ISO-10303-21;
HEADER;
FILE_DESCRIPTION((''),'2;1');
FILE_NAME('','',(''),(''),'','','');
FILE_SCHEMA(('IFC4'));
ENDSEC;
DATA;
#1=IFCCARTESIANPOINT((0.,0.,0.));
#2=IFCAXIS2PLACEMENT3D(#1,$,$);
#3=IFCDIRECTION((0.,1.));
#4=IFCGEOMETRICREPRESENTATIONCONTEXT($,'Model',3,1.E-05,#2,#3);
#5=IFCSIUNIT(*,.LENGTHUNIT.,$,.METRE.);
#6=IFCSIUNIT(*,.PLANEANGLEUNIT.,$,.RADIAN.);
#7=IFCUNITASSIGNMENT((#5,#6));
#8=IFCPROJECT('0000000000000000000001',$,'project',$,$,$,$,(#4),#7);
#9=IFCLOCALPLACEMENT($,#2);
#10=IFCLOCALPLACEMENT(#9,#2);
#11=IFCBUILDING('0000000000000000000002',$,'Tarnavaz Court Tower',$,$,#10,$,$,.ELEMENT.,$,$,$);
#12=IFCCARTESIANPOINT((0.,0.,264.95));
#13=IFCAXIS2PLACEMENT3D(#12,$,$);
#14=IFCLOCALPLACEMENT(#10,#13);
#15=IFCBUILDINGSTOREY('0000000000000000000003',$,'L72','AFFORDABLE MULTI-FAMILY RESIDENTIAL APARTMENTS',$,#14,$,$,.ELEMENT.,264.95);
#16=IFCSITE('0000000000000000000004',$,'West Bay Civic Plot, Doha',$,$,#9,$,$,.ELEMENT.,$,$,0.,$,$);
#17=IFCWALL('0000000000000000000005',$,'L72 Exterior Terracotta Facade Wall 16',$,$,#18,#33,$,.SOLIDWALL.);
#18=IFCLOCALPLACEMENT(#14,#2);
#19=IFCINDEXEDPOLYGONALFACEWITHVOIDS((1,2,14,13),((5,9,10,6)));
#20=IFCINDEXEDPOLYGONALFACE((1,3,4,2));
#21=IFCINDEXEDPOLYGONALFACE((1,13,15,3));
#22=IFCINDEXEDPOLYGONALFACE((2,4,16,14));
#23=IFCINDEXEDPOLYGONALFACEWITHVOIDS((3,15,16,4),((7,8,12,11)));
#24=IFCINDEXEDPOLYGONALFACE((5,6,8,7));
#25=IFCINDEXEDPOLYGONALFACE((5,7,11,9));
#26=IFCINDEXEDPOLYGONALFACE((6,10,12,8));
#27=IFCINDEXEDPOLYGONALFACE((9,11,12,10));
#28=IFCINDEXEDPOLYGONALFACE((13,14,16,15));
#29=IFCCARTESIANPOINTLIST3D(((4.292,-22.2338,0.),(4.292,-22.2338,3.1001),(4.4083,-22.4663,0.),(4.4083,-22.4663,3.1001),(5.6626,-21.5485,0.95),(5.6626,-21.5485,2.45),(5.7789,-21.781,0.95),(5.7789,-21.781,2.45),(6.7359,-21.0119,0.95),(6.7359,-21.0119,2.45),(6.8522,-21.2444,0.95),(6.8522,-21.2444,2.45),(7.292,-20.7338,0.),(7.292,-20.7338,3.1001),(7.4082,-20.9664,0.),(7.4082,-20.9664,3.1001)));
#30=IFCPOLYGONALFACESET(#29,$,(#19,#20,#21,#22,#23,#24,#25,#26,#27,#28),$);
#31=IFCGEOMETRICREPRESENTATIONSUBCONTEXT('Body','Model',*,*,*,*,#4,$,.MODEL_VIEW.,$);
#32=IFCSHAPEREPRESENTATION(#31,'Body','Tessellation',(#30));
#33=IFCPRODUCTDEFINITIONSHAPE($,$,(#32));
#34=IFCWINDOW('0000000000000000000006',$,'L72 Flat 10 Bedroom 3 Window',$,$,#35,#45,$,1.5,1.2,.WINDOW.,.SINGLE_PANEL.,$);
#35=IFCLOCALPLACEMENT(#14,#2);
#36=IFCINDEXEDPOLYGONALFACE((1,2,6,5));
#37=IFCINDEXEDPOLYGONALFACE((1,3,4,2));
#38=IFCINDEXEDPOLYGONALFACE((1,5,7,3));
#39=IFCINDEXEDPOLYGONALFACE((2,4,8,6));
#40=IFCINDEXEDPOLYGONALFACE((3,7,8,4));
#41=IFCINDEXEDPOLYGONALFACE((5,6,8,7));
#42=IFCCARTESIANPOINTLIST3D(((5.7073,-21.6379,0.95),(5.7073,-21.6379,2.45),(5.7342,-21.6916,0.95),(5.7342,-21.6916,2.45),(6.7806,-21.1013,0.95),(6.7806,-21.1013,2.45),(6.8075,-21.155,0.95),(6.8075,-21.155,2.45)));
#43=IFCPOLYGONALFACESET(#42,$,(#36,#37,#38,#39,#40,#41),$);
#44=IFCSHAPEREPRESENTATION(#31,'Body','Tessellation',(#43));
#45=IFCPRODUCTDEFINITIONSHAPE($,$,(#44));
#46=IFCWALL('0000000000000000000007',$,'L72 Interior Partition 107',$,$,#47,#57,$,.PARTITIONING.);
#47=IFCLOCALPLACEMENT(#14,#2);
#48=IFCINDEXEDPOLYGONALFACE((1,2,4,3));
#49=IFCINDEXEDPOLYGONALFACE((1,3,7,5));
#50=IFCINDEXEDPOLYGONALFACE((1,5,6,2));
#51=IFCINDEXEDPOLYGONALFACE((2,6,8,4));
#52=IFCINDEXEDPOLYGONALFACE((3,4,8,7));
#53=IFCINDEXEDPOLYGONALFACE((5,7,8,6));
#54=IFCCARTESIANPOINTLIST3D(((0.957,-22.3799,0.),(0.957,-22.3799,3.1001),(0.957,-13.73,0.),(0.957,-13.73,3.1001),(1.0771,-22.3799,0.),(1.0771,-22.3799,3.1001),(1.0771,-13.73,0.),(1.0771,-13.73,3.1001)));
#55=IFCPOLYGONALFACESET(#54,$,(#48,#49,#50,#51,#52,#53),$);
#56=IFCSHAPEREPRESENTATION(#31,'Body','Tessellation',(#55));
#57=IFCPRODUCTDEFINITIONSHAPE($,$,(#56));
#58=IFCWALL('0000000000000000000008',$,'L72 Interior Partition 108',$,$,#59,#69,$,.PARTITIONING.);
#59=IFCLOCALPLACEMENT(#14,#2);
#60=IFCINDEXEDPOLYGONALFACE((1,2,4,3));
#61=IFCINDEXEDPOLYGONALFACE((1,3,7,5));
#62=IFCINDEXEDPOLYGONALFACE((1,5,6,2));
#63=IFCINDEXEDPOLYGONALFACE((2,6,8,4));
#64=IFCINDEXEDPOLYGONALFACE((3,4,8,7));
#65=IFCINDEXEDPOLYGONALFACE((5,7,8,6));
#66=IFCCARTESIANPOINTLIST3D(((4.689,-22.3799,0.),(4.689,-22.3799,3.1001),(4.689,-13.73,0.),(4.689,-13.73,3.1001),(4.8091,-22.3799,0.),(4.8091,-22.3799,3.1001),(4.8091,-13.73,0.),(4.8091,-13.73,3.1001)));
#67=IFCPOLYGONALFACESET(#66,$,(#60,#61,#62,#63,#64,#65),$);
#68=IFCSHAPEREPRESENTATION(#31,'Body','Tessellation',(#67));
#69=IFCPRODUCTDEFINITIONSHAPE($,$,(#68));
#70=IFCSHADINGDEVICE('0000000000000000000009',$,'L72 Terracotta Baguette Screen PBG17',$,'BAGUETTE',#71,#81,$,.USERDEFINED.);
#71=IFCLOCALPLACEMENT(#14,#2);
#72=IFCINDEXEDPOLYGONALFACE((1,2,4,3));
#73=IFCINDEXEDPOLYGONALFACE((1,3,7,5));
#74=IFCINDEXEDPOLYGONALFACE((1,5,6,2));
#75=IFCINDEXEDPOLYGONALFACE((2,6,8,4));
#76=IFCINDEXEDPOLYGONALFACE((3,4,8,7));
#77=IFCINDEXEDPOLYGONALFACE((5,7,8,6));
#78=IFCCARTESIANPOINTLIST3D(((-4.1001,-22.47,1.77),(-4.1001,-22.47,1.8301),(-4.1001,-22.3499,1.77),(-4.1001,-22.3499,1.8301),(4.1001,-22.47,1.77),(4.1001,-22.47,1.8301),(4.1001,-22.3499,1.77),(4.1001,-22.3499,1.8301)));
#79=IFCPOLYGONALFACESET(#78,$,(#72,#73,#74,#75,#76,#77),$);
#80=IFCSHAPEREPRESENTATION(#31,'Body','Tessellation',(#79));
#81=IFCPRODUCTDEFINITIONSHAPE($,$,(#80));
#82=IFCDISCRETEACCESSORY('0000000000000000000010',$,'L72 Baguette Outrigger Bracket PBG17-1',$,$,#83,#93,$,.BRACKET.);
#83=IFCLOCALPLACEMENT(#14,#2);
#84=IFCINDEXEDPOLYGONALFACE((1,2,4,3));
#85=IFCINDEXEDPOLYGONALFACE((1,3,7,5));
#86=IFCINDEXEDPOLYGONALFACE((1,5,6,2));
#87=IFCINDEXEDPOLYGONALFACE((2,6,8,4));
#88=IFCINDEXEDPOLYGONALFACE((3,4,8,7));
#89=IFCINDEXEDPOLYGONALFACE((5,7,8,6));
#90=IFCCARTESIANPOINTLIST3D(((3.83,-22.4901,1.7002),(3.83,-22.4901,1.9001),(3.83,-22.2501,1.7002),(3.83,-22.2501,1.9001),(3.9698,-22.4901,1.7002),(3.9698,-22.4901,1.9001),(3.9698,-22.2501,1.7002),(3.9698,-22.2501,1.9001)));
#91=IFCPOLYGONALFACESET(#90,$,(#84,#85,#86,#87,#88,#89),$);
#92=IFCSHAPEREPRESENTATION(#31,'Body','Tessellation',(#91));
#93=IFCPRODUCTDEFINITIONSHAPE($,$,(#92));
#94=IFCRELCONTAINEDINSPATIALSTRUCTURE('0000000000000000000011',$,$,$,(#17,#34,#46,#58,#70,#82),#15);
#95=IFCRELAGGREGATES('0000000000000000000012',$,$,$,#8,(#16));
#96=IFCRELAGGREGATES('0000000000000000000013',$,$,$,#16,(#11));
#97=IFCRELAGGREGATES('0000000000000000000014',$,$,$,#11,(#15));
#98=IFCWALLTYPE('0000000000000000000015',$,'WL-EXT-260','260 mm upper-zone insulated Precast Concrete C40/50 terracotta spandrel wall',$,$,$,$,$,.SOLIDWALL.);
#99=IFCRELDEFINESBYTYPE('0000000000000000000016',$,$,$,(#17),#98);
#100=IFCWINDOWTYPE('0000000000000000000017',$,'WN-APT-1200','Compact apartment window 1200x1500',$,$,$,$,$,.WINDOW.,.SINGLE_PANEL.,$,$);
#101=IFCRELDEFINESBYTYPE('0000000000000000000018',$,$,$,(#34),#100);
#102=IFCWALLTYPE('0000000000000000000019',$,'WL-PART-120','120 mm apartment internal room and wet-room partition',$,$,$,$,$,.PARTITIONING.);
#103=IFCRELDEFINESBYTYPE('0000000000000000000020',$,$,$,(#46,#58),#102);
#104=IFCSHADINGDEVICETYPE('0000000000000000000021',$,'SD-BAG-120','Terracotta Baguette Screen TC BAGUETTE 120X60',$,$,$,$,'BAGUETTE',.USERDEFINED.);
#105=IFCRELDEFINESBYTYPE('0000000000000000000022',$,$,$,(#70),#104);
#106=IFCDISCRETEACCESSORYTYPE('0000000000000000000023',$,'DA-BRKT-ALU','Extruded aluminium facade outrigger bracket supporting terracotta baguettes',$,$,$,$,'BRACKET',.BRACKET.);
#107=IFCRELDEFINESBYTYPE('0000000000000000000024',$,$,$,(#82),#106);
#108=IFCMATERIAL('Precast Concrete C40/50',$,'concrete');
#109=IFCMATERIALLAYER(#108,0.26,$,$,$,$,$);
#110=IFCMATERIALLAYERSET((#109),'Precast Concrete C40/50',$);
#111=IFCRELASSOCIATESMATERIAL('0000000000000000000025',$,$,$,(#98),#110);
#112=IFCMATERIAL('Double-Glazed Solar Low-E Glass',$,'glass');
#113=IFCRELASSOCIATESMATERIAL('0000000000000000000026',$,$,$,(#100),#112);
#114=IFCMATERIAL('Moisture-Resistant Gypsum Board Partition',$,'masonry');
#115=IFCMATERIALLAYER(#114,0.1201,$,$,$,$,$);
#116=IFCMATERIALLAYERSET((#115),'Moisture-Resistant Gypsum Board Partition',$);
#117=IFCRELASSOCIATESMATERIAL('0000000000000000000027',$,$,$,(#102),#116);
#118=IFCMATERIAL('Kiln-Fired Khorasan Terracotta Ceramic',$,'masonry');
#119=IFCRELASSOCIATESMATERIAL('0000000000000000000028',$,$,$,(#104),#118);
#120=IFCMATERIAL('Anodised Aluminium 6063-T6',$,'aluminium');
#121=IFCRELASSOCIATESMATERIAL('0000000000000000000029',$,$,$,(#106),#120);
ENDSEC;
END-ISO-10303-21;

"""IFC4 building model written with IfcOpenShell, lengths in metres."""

from ifc_helpers import new_model, si_unit, direction, frame, frame_2d, origin, origin_2d, place, context, subcontext, project, spatial, rectangle, extrude, material, layer, layer_set, material_profile, profile_set, type_object, element, fill, save


model = new_model("IFC4")

# Units and contexts
model_context = context("Model", 3, precision=1e-05, world=origin(), true_north=direction((0.0, 1.0)))
body_context = subcontext(model_context, "Body", "Model", "MODEL_VIEW")
ifc_project = project(units=[si_unit("LENGTHUNIT", "METRE"), si_unit("PLANEANGLEUNIT", "RADIAN")], contexts=[model_context])

# Site, building, storey
site_placement = place(None, origin())
site = spatial("IfcSite", under=ifc_project, at=site_placement, Name="West Bay Civic Plot, Doha", CompositionType="ELEMENT", RefElevation=0.0)
building_placement = place(site_placement, origin())
building = spatial("IfcBuilding", under=site, at=building_placement, Name="Tarnavaz Court Tower", CompositionType="ELEMENT")
storey_placement = place(building_placement, frame((0.0, 0.0, 264.95)))
storey = spatial("IfcBuildingStorey", under=building, at=storey_placement, Name="L72", Description="AFFORDABLE MULTI-FAMILY RESIDENTIAL APARTMENTS", CompositionType="ELEMENT", Elevation=264.95)

# Shared definitions
ifc_material_1 = material(Name="Anodised Aluminium 6063-T6", Category="aluminium")
ifc_material_2 = material(Name="Double-Glazed Solar Low-E Glass", Category="glass")

# Wall, opening, window
ifc_material_3 = material(Name="Precast Concrete C40/50", Category="concrete")
ifc_layer_1 = layer(ifc_material_3, 0.26)
ifc_layer_set_1 = layer_set([ifc_layer_1], Name="Precast Concrete C40/50")
wall_type_1 = type_object("IfcWallType", Name="WL-EXT-260", Description="260 mm upper-zone insulated Precast Concrete C40/50 terracotta spandrel wall", PredefinedType="SOLIDWALL", material=ifc_layer_set_1)
wall_placement = place(storey_placement, frame((7.3501, -20.8501, 0.0), z_axis=(0.0, 0.0, 1.0), x_axis=(-0.894427, -0.447214, 0.0)))
wall = element("IfcWall", 1, at=wall_placement, inside=storey, type_object=wall_type_1, Name="L72 Exterior Terracotta Facade Wall 16", PredefinedType="SOLIDWALL", context=body_context, shape_type="SweptSolid", body=[
    extrude(rectangle(XDim=3.354, YDim=0.26, at=frame_2d((1.677, 0.0))), origin(), (0.0, 0.0, 1.0), 3.1001),
])
opening_placement = place(wall_placement, frame((0.6216, 0.0, 0.95)))
opening = element("IfcOpeningElement", 2, at=opening_placement, cuts=wall, PredefinedType="OPENING", context=body_context, shape_type="SweptSolid", body=[
    extrude(rectangle(XDim=1.2, YDim=1.5, at=frame_2d((0.6001, 0.75))), frame((0.0, 0.1399, 0.0), z_axis=(0.0, -1.0, 0.0), x_axis=(1.0, 0.0, 0.0)), (0.0, 0.0, 1.0), 0.28),
])
window_type = type_object("IfcWindowType", Name="WN-APT-1200", Description="Compact apartment window 1200x1500", PartitioningType="SINGLE_PANEL", PredefinedType="WINDOW", material=ifc_material_2)
window_placement = place(opening_placement, origin())
window = element("IfcWindow", 3, at=window_placement, inside=storey, type_object=window_type, Name="L72 Flat 10 Bedroom 3 Window", OverallHeight=1.5, OverallWidth=1.2, PartitioningType="SINGLE_PANEL", PredefinedType="WINDOW", context=body_context, shape_type="SweptSolid", body=[
    extrude(rectangle(XDim=1.2, YDim=1.5, at=frame_2d((0.6001, 0.75))), frame((0.0, 0.03, 0.0), z_axis=(0.0, -1.0, 0.0), x_axis=(1.0, 0.0, 0.0)), (0.0, 0.0, 1.0), 0.0601),
])
fill(opening, window)

# Walls
ifc_material_4 = material(Name="Moisture-Resistant Gypsum Board Partition", Category="masonry")
ifc_layer_2 = layer(ifc_material_4, 0.1201)
ifc_layer_set_2 = layer_set([ifc_layer_2], Name="Moisture-Resistant Gypsum Board Partition")
wall_type_2 = type_object("IfcWallType", Name="WL-PART-120", Description="120 mm apartment internal room and wet-room partition", PredefinedType="PARTITIONING", material=ifc_layer_set_2)
for number, where, z_axis, x_axis, name in (
    (4, (1.0171, -22.3799, 0.0), (0.0, 0.0, 1.0), (0.0, 1.0, 0.0), "L72 Interior Partition 107"),
    (5, (4.749, -22.3799, 0.0), (0.0, 0.0, 1.0), (0.0, 1.0, 0.0), "L72 Interior Partition 108"),
):
    element("IfcWall", number, at=place(storey_placement, frame(where, z_axis=z_axis, x_axis=x_axis)), inside=storey, type_object=wall_type_2, Name=name, PredefinedType="PARTITIONING", context=body_context, shape_type="SweptSolid", body=[
        extrude(rectangle(XDim=8.6499, YDim=0.1201, at=frame_2d((4.325, 0.0))), origin(), (0.0, 0.0, 1.0), 3.1001),
    ])

# Shading device
ifc_material_5 = material(Name="Kiln-Fired Khorasan Terracotta Ceramic", Category="masonry")
ifc_material_profile_1 = material_profile(ifc_material_5, rectangle(XDim=0.1201, YDim=0.0601, at=origin_2d()), Name="TC BAGUETTE 120X60")
ifc_profile_set_1 = profile_set([ifc_material_profile_1], Name="Kiln-Fired Khorasan Terracotta Ceramic")
shading_device_type = type_object("IfcShadingDeviceType", Name="SD-BAG-120", Description="Terracotta Baguette Screen TC BAGUETTE 120X60", ElementType="BAGUETTE", PredefinedType="USERDEFINED", material=ifc_profile_set_1)
shading_device_placement = place(storey_placement, frame((4.1001, -22.4099, 1.8), z_axis=(-1.0, 0.0, 0.0), x_axis=(0.0, -1.0, 0.0)))
element("IfcShadingDevice", 6, at=shading_device_placement, inside=storey, type_object=shading_device_type, Name="L72 Terracotta Baguette Screen PBG17", ObjectType="BAGUETTE", PredefinedType="USERDEFINED", context=body_context, shape_type="SweptSolid", body=[
    extrude(rectangle(XDim=0.1201, YDim=0.0601, at=origin_2d()), origin(), (0.0, 0.0, 1.0), 8.2002),
])

# Discrete accessory
discrete_accessory_type = type_object("IfcDiscreteAccessoryType", Name="DA-BRKT-ALU", Description="Extruded aluminium facade outrigger bracket supporting terracotta baguettes", ElementType="BRACKET", PredefinedType="BRACKET", material=ifc_material_1)
discrete_accessory_placement = place(storey_placement, frame((3.8999, -22.3701, 1.7002), z_axis=(0.0, 0.0, 1.0), x_axis=(-1.0, 0.0, 0.0)))
element("IfcDiscreteAccessory", 7, at=discrete_accessory_placement, inside=storey, type_object=discrete_accessory_type, Name="L72 Baguette Outrigger Bracket PBG17-1", PredefinedType="BRACKET", context=body_context, shape_type="SweptSolid", body=[
    extrude(rectangle(XDim=0.1399, YDim=0.24, at=origin_2d()), origin(), (0.0, 0.0, 1.0), 0.2),
])

save(model, "model.ifc")
